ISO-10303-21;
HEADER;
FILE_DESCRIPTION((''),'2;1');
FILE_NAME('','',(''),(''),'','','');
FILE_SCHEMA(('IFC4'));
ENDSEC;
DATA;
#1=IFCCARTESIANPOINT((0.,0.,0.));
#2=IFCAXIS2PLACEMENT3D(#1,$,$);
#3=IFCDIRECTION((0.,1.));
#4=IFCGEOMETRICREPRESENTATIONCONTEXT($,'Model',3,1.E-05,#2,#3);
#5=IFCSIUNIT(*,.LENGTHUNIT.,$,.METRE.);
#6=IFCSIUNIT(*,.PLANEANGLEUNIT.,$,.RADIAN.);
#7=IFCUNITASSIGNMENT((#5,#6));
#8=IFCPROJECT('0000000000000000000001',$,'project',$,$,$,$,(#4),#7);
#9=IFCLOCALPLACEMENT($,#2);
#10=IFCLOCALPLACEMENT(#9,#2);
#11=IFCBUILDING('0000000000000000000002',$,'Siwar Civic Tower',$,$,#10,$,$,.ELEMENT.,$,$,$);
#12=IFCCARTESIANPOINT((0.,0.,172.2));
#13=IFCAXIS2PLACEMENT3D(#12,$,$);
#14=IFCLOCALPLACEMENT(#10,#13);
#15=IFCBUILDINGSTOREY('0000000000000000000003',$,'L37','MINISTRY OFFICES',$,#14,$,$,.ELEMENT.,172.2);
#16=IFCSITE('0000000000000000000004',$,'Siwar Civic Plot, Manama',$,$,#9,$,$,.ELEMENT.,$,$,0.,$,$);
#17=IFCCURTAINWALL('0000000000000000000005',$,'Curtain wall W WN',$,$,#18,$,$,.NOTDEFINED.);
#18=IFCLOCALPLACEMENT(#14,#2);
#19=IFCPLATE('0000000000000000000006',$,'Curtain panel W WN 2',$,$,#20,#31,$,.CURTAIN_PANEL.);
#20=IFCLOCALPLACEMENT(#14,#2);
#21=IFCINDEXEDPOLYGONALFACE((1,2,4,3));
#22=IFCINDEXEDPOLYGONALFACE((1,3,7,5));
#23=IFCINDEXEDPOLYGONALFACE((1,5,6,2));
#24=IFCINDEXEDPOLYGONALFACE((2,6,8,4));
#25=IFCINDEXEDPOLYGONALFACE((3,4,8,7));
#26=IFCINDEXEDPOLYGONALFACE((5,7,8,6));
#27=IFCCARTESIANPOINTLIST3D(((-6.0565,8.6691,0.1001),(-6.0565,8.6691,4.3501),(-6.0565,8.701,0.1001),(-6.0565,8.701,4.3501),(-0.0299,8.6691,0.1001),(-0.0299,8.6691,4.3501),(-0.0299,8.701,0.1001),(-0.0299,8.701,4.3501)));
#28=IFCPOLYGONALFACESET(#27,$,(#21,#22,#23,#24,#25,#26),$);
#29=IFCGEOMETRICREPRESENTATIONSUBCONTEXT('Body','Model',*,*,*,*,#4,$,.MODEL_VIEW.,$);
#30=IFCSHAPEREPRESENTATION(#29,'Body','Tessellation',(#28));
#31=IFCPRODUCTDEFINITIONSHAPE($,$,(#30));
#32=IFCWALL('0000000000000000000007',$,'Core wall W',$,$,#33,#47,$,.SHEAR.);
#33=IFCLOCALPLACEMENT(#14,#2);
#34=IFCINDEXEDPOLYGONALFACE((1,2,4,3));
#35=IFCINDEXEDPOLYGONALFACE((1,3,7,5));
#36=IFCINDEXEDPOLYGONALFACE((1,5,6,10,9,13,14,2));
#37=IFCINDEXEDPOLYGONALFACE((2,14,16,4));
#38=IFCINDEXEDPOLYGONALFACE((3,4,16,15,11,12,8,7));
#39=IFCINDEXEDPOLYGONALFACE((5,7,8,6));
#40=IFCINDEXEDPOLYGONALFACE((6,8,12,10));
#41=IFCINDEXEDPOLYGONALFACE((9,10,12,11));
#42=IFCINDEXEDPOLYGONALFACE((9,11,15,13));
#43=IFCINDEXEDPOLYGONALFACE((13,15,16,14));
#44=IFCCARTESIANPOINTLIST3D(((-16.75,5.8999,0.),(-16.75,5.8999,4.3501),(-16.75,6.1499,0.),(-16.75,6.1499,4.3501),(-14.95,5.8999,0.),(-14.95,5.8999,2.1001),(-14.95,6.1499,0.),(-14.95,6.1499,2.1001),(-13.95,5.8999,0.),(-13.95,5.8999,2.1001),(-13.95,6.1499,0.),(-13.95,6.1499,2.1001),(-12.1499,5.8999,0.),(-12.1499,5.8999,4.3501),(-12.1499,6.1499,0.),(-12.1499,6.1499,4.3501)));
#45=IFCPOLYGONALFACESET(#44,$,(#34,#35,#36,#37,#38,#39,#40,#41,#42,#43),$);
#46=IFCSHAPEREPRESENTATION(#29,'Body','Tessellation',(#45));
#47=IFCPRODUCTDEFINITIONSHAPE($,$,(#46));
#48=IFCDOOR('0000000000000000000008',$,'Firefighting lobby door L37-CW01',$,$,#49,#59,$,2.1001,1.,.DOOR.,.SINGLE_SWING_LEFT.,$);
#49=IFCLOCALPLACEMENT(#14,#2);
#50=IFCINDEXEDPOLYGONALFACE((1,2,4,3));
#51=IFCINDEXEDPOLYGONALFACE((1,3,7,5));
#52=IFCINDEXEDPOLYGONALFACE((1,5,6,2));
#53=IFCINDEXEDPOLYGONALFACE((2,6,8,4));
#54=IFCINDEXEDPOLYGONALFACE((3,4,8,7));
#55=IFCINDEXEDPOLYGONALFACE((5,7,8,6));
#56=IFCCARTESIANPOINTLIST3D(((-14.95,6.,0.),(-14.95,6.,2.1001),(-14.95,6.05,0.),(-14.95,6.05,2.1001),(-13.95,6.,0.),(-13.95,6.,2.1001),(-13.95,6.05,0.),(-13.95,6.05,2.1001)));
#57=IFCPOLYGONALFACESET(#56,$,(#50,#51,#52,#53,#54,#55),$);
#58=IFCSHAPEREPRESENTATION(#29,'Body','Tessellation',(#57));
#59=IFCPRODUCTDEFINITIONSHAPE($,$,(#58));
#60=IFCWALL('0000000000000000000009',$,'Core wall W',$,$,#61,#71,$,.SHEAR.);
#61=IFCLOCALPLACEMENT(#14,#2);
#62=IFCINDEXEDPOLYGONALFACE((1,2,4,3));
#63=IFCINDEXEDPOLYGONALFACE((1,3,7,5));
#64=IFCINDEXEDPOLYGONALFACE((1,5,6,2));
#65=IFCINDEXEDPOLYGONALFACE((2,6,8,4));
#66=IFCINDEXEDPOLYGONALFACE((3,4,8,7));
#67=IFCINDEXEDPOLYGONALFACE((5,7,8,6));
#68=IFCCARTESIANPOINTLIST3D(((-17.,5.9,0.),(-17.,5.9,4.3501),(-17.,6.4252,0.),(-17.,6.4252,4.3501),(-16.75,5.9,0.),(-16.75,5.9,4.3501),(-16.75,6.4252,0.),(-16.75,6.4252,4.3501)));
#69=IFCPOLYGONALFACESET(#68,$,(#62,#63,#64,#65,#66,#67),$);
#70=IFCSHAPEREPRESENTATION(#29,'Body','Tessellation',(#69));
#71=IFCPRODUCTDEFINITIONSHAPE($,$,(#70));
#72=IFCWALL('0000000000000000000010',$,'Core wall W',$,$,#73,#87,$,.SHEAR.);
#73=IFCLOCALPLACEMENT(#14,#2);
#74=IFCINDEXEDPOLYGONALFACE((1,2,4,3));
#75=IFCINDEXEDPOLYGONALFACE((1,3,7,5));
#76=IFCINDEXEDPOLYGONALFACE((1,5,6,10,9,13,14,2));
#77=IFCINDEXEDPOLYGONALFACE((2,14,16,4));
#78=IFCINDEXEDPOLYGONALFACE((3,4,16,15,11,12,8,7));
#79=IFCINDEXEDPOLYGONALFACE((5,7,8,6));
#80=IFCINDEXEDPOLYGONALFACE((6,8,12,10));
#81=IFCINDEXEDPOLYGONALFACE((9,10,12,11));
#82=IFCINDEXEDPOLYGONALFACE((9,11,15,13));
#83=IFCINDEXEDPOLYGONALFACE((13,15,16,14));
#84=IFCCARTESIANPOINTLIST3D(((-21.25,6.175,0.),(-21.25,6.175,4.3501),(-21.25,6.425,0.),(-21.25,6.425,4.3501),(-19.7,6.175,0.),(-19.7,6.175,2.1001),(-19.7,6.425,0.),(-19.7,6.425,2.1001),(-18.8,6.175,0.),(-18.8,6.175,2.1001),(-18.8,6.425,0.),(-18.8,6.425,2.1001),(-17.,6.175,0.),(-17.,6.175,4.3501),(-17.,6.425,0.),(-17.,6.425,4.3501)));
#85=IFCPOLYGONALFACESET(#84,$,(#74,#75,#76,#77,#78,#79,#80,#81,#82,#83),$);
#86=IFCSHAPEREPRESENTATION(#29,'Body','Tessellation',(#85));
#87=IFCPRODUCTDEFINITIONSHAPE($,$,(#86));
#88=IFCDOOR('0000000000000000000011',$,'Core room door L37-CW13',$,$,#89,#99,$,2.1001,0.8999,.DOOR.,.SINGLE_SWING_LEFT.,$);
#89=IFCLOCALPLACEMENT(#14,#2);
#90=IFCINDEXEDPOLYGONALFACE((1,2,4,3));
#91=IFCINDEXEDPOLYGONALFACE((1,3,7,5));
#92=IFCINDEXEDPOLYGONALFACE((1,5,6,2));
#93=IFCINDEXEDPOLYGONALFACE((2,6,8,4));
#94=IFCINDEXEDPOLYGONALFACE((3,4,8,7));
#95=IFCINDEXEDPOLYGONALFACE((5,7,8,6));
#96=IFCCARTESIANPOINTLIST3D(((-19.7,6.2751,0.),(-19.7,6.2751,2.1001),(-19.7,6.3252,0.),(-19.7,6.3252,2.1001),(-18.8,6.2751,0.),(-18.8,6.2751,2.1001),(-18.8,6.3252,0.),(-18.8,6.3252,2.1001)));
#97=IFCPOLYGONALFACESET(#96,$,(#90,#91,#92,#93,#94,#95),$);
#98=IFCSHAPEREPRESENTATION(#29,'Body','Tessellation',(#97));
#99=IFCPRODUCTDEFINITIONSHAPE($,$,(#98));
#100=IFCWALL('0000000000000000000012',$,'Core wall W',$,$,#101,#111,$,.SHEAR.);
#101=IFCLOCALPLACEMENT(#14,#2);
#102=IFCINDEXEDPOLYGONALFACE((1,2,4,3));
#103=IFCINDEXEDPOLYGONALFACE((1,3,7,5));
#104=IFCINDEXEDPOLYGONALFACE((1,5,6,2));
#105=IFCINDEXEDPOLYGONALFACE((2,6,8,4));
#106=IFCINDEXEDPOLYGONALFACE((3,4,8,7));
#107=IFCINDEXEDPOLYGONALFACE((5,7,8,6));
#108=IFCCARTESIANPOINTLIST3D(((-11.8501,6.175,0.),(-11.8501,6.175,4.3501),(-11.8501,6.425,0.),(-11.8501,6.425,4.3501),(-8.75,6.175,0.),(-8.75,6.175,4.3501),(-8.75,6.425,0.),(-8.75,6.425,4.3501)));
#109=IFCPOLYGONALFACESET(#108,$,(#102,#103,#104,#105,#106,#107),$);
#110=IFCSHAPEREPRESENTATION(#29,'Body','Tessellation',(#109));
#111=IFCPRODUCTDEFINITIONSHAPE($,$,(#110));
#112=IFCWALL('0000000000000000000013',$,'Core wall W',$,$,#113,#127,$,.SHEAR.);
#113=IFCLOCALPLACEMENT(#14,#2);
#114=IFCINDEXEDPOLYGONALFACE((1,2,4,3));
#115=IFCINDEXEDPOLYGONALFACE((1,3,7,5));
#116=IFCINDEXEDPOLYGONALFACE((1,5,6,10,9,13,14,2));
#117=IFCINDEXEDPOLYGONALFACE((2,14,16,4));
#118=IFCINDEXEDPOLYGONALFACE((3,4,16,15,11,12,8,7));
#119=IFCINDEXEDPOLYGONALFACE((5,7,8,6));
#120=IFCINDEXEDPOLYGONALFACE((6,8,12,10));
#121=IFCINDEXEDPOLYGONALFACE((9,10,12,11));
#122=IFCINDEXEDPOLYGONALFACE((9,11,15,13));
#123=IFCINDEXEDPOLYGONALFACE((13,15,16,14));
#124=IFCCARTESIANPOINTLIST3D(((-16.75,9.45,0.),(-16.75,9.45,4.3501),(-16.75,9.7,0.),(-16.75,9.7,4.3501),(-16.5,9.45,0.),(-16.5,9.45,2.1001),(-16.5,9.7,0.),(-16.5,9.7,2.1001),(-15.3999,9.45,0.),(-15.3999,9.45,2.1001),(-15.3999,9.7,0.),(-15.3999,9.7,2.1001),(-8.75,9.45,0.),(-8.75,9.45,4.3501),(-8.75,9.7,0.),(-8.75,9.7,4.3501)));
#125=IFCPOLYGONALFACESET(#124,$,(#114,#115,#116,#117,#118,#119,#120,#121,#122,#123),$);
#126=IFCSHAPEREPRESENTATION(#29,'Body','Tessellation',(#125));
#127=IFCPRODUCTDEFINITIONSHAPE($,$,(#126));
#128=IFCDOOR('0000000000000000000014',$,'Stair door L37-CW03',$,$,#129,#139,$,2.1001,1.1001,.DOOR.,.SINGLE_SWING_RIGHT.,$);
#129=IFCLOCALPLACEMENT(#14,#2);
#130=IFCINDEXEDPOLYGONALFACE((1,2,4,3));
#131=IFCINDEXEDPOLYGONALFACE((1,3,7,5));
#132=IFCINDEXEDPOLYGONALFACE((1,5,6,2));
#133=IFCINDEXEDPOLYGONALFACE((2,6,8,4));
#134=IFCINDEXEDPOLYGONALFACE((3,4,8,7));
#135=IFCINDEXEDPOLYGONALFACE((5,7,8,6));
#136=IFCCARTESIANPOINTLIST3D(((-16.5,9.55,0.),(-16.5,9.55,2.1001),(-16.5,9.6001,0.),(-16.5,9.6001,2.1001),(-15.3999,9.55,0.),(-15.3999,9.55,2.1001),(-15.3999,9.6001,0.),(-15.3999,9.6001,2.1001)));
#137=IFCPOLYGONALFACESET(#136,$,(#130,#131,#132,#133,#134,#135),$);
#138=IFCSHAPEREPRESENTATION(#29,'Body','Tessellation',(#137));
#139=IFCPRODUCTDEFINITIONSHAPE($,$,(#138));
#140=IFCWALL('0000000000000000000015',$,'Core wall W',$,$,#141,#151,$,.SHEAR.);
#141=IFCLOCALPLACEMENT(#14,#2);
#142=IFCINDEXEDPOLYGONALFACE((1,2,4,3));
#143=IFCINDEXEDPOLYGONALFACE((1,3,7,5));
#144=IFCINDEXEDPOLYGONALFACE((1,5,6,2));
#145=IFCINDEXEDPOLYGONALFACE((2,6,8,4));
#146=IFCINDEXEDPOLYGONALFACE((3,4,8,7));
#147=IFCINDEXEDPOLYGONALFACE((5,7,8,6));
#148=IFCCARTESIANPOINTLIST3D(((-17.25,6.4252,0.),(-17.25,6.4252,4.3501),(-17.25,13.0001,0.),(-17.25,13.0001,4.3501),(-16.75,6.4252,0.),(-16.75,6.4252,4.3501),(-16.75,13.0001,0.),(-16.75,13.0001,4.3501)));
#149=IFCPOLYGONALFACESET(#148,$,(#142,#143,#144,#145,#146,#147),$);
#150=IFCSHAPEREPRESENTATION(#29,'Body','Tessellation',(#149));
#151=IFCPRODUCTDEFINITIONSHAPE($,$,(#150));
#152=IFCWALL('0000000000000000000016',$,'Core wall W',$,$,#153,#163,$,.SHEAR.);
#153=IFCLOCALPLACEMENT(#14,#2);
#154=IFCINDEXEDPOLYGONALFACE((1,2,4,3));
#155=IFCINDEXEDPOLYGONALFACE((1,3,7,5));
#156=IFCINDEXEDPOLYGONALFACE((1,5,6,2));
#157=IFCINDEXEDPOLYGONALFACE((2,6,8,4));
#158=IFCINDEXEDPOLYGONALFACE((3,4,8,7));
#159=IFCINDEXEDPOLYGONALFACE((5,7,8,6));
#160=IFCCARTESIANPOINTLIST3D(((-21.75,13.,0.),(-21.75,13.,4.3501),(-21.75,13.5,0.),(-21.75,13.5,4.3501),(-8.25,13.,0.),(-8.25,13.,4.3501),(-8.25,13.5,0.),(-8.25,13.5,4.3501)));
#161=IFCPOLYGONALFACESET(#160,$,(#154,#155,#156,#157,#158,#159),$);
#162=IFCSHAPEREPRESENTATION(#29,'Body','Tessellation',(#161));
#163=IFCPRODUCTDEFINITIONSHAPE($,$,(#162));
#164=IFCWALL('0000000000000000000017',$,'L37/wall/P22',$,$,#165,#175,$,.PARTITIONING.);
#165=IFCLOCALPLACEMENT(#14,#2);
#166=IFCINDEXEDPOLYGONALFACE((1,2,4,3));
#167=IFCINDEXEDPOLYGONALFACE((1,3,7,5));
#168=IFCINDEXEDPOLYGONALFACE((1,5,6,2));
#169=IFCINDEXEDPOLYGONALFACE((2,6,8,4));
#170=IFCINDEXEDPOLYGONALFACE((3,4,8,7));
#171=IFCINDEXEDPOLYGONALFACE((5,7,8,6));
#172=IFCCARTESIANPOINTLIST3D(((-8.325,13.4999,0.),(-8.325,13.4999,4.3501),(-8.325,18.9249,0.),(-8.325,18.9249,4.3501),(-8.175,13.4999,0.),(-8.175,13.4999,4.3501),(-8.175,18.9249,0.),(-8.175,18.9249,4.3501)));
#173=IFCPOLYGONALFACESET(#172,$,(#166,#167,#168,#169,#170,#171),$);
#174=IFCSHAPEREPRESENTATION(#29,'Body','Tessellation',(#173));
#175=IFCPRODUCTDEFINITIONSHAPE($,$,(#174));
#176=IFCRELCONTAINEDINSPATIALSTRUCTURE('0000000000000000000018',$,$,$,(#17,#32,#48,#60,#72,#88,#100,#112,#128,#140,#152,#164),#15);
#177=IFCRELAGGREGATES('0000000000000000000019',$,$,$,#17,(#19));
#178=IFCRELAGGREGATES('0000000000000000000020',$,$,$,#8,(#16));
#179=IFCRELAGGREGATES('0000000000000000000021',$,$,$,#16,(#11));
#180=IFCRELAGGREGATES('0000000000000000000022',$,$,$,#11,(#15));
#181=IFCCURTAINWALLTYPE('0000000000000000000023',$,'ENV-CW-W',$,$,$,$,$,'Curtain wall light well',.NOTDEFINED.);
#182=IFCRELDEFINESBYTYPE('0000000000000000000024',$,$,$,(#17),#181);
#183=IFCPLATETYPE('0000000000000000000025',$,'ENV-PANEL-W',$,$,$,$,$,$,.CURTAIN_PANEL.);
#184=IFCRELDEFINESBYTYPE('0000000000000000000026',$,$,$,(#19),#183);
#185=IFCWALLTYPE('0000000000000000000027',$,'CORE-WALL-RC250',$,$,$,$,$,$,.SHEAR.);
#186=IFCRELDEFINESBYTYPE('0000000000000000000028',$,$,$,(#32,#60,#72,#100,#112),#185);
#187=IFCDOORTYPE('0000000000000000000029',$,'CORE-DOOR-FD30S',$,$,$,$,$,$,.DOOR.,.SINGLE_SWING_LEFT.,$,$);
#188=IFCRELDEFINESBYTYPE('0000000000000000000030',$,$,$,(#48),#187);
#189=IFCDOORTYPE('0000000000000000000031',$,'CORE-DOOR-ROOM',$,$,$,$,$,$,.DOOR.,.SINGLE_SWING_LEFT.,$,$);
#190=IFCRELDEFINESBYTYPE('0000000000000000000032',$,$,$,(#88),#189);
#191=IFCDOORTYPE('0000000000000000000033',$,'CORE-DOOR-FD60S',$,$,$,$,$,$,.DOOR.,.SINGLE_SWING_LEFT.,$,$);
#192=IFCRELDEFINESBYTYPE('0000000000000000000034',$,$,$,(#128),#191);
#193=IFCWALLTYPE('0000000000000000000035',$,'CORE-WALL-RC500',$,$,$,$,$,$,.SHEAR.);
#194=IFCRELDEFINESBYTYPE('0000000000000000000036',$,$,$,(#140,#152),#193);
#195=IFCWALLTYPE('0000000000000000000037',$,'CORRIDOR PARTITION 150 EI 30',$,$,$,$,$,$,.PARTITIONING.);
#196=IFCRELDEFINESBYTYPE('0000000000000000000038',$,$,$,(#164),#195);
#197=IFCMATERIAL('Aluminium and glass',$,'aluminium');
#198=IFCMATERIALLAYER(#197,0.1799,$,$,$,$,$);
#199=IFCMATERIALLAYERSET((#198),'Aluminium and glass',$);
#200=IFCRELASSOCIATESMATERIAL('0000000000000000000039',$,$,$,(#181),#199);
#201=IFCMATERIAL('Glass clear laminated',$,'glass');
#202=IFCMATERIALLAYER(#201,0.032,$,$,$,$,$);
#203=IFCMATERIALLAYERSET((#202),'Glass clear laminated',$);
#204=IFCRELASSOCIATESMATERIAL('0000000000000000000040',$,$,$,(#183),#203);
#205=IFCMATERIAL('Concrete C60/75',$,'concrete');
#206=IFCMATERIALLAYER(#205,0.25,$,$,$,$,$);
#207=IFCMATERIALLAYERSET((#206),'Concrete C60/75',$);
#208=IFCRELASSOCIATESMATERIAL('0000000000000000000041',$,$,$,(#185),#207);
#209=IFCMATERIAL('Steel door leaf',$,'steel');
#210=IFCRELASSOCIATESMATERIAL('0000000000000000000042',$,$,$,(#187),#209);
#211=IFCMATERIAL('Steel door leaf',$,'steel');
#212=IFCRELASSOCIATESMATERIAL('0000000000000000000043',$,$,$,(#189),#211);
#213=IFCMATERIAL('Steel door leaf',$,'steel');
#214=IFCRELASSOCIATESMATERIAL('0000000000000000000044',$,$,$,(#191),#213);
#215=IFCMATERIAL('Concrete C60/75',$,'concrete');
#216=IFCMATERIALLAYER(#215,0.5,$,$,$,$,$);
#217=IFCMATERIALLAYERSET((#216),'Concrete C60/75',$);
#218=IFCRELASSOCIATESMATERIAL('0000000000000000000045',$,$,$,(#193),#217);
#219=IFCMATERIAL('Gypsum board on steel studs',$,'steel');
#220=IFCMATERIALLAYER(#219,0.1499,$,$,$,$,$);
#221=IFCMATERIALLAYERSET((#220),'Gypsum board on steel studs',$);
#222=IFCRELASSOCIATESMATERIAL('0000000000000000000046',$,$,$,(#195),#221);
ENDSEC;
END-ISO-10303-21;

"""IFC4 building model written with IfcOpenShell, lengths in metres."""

from ifc_helpers import new_model, si_unit, direction, frame, frame_2d, origin, origin_2d, place, context, subcontext, project, spatial, rectangle, extrude, material, layer, layer_set, type_object, element, fill, aggregate, save


model = new_model("IFC4")

# Units and contexts
model_context = context("Model", 3, precision=1e-05, world=origin(), true_north=direction((0.0, 1.0)))
body_context = subcontext(model_context, "Body", "Model", "MODEL_VIEW")
ifc_project = project(units=[si_unit("LENGTHUNIT", "METRE"), si_unit("PLANEANGLEUNIT", "RADIAN")], contexts=[model_context])

# Site, building, storey
site_placement = place(None, origin())
site = spatial("IfcSite", under=ifc_project, at=site_placement, Name="Siwar Civic Plot, Manama", CompositionType="ELEMENT", RefElevation=0.0)
building_placement = place(site_placement, origin())
building = spatial("IfcBuilding", under=site, at=building_placement, Name="Siwar Civic Tower", CompositionType="ELEMENT")
storey_placement = place(building_placement, frame((0.0, 0.0, 172.2)))
storey = spatial("IfcBuildingStorey", under=building, at=storey_placement, Name="L37", Description="MINISTRY OFFICES", CompositionType="ELEMENT", Elevation=172.2)

# Curtain wall
ifc_material_1 = material(Name="Aluminium and glass", Category="aluminium")
ifc_layer_1 = layer(ifc_material_1, 0.1799)
ifc_layer_set_1 = layer_set([ifc_layer_1], Name="Aluminium and glass")
curtain_wall_type = type_object("IfcCurtainWallType", Name="ENV-CW-W", ElementType="Curtain wall light well", PredefinedType="NOTDEFINED", material=ifc_layer_set_1)
curtain_wall_placement = place(storey_placement, origin())
curtain_wall = element("IfcCurtainWall", 1, at=curtain_wall_placement, inside=storey, type_object=curtain_wall_type, Name="Curtain wall W WN", PredefinedType="NOTDEFINED")

# Plate
ifc_material_2 = material(Name="Glass clear laminated", Category="glass")
ifc_layer_2 = layer(ifc_material_2, 0.032)
ifc_layer_set_2 = layer_set([ifc_layer_2], Name="Glass clear laminated")
plate_type = type_object("IfcPlateType", Name="ENV-PANEL-W", PredefinedType="CURTAIN_PANEL", material=ifc_layer_set_2)
plate_placement = place(storey_placement, frame((-3.0432, 8.6851, 0.1001), z_axis=(0.0, 0.0, 1.0), x_axis=(-1.0, 0.0, 0.0)))
plate = element("IfcPlate", 2, at=plate_placement, type_object=plate_type, Name="Curtain panel W WN 2", PredefinedType="CURTAIN_PANEL", context=body_context, shape_type="SweptSolid", body=[
    extrude(rectangle(XDim=6.0266, YDim=0.032, at=origin_2d()), origin(), (0.0, 0.0, 1.0), 4.25),
])
aggregate(curtain_wall, [plate])

# Wall, opening, door
ifc_material_3 = material(Name="Concrete C60/75", Category="concrete")
ifc_layer_3 = layer(ifc_material_3, 0.25)
ifc_layer_set_3 = layer_set([ifc_layer_3], Name="Concrete C60/75")
wall_type_1 = type_object("IfcWallType", Name="CORE-WALL-RC250", PredefinedType="SHEAR", material=ifc_layer_set_3)
wall_1_placement = place(storey_placement, frame((-12.1499, 6.0249, 0.0), z_axis=(0.0, 0.0, 1.0), x_axis=(-1.0, 0.0, 0.0)))
wall_1 = element("IfcWall", 3, at=wall_1_placement, inside=storey, type_object=wall_type_1, Name="Core wall W", PredefinedType="SHEAR", context=body_context, shape_type="SweptSolid", body=[
    extrude(rectangle(XDim=4.6001, YDim=0.25, at=frame_2d((2.3, 0.0))), origin(), (0.0, 0.0, 1.0), 4.3501),
])
opening_1_placement = place(wall_1_placement, frame((1.8, 0.0, 0.0)))
opening_1 = element("IfcOpeningElement", 4, at=opening_1_placement, cuts=wall_1, PredefinedType="OPENING", context=body_context, shape_type="SweptSolid", body=[
    extrude(rectangle(XDim=1.0, YDim=2.1001, at=frame_2d((0.5, 1.05))), frame((0.0, 0.135, 0.0), z_axis=(0.0, -1.0, 0.0), x_axis=(1.0, 0.0, 0.0)), (0.0, 0.0, 1.0), 0.27),
])
ifc_material_4 = material(Name="Steel door leaf", Category="steel")
door_type_1 = type_object("IfcDoorType", Name="CORE-DOOR-FD30S", OperationType="SINGLE_SWING_LEFT", PredefinedType="DOOR", material=ifc_material_4)
door_1_placement = place(opening_1_placement, origin())
door_1 = element("IfcDoor", 5, at=door_1_placement, inside=storey, type_object=door_type_1, Name="Firefighting lobby door L37-CW01", OperationType="SINGLE_SWING_LEFT", OverallHeight=2.1001, OverallWidth=1.0, PredefinedType="DOOR", context=body_context, shape_type="SweptSolid", body=[
    extrude(rectangle(XDim=1.0, YDim=2.1001, at=frame_2d((0.5, 1.05))), frame((0.0, 0.0249, 0.0), z_axis=(0.0, -1.0, 0.0), x_axis=(1.0, 0.0, 0.0)), (0.0, 0.0, 1.0), 0.05),
])
fill(opening_1, door_1)

# Wall
wall_2_placement = place(storey_placement, frame((-16.875, 5.8999, 0.0), z_axis=(0.0, 0.0, 1.0), x_axis=(0.0, 1.0, 0.0)))
element("IfcWall", 6, at=wall_2_placement, inside=storey, type_object=wall_type_1, Name="Core wall W", PredefinedType="SHEAR", context=body_context, shape_type="SweptSolid", body=[
    extrude(rectangle(XDim=0.5251, YDim=0.25, at=frame_2d((0.2627, 0.0))), origin(), (0.0, 0.0, 1.0), 4.3501),
])

# Wall, opening, door
wall_3_placement = place(storey_placement, frame((-17.0, 6.3, 0.0), z_axis=(0.0, 0.0, 1.0), x_axis=(-1.0, 0.0, 0.0)))
wall_3 = element("IfcWall", 7, at=wall_3_placement, inside=storey, type_object=wall_type_1, Name="Core wall W", PredefinedType="SHEAR", context=body_context, shape_type="SweptSolid", body=[
    extrude(rectangle(XDim=4.25, YDim=0.25, at=frame_2d((2.125, 0.0))), origin(), (0.0, 0.0, 1.0), 4.3501),
])
opening_2_placement = place(wall_3_placement, frame((1.8, 0.0, 0.0)))
opening_2 = element("IfcOpeningElement", 8, at=opening_2_placement, cuts=wall_3, PredefinedType="OPENING", context=body_context, shape_type="SweptSolid", body=[
    extrude(rectangle(XDim=0.8999, YDim=2.1001, at=frame_2d((0.45, 1.05))), frame((0.0, 0.135, 0.0), z_axis=(0.0, -1.0, 0.0), x_axis=(1.0, 0.0, 0.0)), (0.0, 0.0, 1.0), 0.27),
])
ifc_material_5 = material(Name="Steel door leaf", Category="steel")
door_type_2 = type_object("IfcDoorType", Name="CORE-DOOR-ROOM", OperationType="SINGLE_SWING_LEFT", PredefinedType="DOOR", material=ifc_material_5)
door_2_placement = place(opening_2_placement, origin())
door_2 = element("IfcDoor", 9, at=door_2_placement, inside=storey, type_object=door_type_2, Name="Core room door L37-CW13", OperationType="SINGLE_SWING_LEFT", OverallHeight=2.1001, OverallWidth=0.8999, PredefinedType="DOOR", context=body_context, shape_type="SweptSolid", body=[
    extrude(rectangle(XDim=0.8999, YDim=2.1001, at=frame_2d((0.45, 1.05))), frame((0.0, 0.0249, 0.0), z_axis=(0.0, -1.0, 0.0), x_axis=(1.0, 0.0, 0.0)), (0.0, 0.0, 1.0), 0.05),
])
fill(opening_2, door_2)

# Wall
wall_4_placement = place(storey_placement, frame((-8.75, 6.3, 0.0), z_axis=(0.0, 0.0, 1.0), x_axis=(-1.0, 0.0, 0.0)))
element("IfcWall", 10, at=wall_4_placement, inside=storey, type_object=wall_type_1, Name="Core wall W", PredefinedType="SHEAR", context=body_context, shape_type="SweptSolid", body=[
    extrude(rectangle(XDim=3.1001, YDim=0.25, at=frame_2d((1.55, 0.0))), origin(), (0.0, 0.0, 1.0), 4.3501),
])

# Wall, opening, door
wall_5_placement = place(storey_placement, frame((-8.75, 9.575, 0.0), z_axis=(0.0, 0.0, 1.0), x_axis=(-1.0, 0.0, 0.0)))
wall_5 = element("IfcWall", 11, at=wall_5_placement, inside=storey, type_object=wall_type_1, Name="Core wall W", PredefinedType="SHEAR", context=body_context, shape_type="SweptSolid", body=[
    extrude(rectangle(XDim=8.0, YDim=0.25, at=frame_2d((4.0, 0.0))), origin(), (0.0, 0.0, 1.0), 4.3501),
])
opening_3_placement = place(wall_5_placement, frame((6.6499, 0.0, 0.0)))
opening_3 = element("IfcOpeningElement", 12, at=opening_3_placement, cuts=wall_5, PredefinedType="OPENING", context=body_context, shape_type="SweptSolid", body=[
    extrude(rectangle(XDim=1.1001, YDim=2.1001, at=frame_2d((0.55, 1.05))), frame((0.0, 0.135, 0.0), z_axis=(0.0, -1.0, 0.0), x_axis=(1.0, 0.0, 0.0)), (0.0, 0.0, 1.0), 0.27),
])
ifc_material_6 = material(Name="Steel door leaf", Category="steel")
door_type_3 = type_object("IfcDoorType", Name="CORE-DOOR-FD60S", OperationType="SINGLE_SWING_LEFT", PredefinedType="DOOR", material=ifc_material_6)
door_3_placement = place(opening_3_placement, origin())
door_3 = element("IfcDoor", 13, at=door_3_placement, inside=storey, type_object=door_type_3, Name="Stair door L37-CW03", OperationType="SINGLE_SWING_RIGHT", OverallHeight=2.1001, OverallWidth=1.1001, PredefinedType="DOOR", context=body_context, shape_type="SweptSolid", body=[
    extrude(rectangle(XDim=1.1001, YDim=2.1001, at=frame_2d((0.55, 1.05))), frame((0.0, 0.0249, 0.0), z_axis=(0.0, -1.0, 0.0), x_axis=(1.0, 0.0, 0.0)), (0.0, 0.0, 1.0), 0.05),
])
fill(opening_3, door_3)

# Walls
ifc_material_7 = material(Name="Concrete C60/75", Category="concrete")
ifc_layer_4 = layer(ifc_material_7, 0.5)
ifc_layer_set_4 = layer_set([ifc_layer_4], Name="Concrete C60/75")
wall_type_2 = type_object("IfcWallType", Name="CORE-WALL-RC500", PredefinedType="SHEAR", material=ifc_layer_set_4)
wall_6_placement = place(storey_placement, frame((-17.0, 6.425, 0.0), z_axis=(0.0, 0.0, 1.0), x_axis=(0.0, 1.0, 0.0)))
element("IfcWall", 14, at=wall_6_placement, inside=storey, type_object=wall_type_2, Name="Core wall W", PredefinedType="SHEAR", context=body_context, shape_type="SweptSolid", body=[
    extrude(rectangle(XDim=6.575, YDim=0.5, at=frame_2d((3.2876, 0.0))), origin(), (0.0, 0.0, 1.0), 4.3501),
])
wall_7_placement = place(storey_placement, frame((-8.25, 13.25, 0.0), z_axis=(0.0, 0.0, 1.0), x_axis=(-1.0, 0.0, 0.0)))
element("IfcWall", 15, at=wall_7_placement, inside=storey, type_object=wall_type_2, Name="Core wall W", PredefinedType="SHEAR", context=body_context, shape_type="SweptSolid", body=[
    extrude(rectangle(XDim=13.5, YDim=0.5, at=frame_2d((6.75, 0.0))), origin(), (0.0, 0.0, 1.0), 4.3501),
])
ifc_material_8 = material(Name="Gypsum board on steel studs", Category="steel")
ifc_layer_5 = layer(ifc_material_8, 0.1499)
ifc_layer_set_5 = layer_set([ifc_layer_5], Name="Gypsum board on steel studs")
wall_type_3 = type_object("IfcWallType", Name="CORRIDOR PARTITION 150 EI 30", PredefinedType="PARTITIONING", material=ifc_layer_set_5)
wall_8_placement = place(storey_placement, frame((-8.25, 13.5, 0.0), z_axis=(0.0, 0.0, 1.0), x_axis=(0.0, 1.0, 0.0)))
element("IfcWall", 16, at=wall_8_placement, inside=storey, type_object=wall_type_3, Name="L37/wall/P22", PredefinedType="PARTITIONING", context=body_context, shape_type="SweptSolid", body=[
    extrude(rectangle(XDim=5.425, YDim=0.1499, at=frame_2d((2.7124, 0.0))), origin(), (0.0, 0.0, 1.0), 4.3501),
])

save(model, "model.ifc")
